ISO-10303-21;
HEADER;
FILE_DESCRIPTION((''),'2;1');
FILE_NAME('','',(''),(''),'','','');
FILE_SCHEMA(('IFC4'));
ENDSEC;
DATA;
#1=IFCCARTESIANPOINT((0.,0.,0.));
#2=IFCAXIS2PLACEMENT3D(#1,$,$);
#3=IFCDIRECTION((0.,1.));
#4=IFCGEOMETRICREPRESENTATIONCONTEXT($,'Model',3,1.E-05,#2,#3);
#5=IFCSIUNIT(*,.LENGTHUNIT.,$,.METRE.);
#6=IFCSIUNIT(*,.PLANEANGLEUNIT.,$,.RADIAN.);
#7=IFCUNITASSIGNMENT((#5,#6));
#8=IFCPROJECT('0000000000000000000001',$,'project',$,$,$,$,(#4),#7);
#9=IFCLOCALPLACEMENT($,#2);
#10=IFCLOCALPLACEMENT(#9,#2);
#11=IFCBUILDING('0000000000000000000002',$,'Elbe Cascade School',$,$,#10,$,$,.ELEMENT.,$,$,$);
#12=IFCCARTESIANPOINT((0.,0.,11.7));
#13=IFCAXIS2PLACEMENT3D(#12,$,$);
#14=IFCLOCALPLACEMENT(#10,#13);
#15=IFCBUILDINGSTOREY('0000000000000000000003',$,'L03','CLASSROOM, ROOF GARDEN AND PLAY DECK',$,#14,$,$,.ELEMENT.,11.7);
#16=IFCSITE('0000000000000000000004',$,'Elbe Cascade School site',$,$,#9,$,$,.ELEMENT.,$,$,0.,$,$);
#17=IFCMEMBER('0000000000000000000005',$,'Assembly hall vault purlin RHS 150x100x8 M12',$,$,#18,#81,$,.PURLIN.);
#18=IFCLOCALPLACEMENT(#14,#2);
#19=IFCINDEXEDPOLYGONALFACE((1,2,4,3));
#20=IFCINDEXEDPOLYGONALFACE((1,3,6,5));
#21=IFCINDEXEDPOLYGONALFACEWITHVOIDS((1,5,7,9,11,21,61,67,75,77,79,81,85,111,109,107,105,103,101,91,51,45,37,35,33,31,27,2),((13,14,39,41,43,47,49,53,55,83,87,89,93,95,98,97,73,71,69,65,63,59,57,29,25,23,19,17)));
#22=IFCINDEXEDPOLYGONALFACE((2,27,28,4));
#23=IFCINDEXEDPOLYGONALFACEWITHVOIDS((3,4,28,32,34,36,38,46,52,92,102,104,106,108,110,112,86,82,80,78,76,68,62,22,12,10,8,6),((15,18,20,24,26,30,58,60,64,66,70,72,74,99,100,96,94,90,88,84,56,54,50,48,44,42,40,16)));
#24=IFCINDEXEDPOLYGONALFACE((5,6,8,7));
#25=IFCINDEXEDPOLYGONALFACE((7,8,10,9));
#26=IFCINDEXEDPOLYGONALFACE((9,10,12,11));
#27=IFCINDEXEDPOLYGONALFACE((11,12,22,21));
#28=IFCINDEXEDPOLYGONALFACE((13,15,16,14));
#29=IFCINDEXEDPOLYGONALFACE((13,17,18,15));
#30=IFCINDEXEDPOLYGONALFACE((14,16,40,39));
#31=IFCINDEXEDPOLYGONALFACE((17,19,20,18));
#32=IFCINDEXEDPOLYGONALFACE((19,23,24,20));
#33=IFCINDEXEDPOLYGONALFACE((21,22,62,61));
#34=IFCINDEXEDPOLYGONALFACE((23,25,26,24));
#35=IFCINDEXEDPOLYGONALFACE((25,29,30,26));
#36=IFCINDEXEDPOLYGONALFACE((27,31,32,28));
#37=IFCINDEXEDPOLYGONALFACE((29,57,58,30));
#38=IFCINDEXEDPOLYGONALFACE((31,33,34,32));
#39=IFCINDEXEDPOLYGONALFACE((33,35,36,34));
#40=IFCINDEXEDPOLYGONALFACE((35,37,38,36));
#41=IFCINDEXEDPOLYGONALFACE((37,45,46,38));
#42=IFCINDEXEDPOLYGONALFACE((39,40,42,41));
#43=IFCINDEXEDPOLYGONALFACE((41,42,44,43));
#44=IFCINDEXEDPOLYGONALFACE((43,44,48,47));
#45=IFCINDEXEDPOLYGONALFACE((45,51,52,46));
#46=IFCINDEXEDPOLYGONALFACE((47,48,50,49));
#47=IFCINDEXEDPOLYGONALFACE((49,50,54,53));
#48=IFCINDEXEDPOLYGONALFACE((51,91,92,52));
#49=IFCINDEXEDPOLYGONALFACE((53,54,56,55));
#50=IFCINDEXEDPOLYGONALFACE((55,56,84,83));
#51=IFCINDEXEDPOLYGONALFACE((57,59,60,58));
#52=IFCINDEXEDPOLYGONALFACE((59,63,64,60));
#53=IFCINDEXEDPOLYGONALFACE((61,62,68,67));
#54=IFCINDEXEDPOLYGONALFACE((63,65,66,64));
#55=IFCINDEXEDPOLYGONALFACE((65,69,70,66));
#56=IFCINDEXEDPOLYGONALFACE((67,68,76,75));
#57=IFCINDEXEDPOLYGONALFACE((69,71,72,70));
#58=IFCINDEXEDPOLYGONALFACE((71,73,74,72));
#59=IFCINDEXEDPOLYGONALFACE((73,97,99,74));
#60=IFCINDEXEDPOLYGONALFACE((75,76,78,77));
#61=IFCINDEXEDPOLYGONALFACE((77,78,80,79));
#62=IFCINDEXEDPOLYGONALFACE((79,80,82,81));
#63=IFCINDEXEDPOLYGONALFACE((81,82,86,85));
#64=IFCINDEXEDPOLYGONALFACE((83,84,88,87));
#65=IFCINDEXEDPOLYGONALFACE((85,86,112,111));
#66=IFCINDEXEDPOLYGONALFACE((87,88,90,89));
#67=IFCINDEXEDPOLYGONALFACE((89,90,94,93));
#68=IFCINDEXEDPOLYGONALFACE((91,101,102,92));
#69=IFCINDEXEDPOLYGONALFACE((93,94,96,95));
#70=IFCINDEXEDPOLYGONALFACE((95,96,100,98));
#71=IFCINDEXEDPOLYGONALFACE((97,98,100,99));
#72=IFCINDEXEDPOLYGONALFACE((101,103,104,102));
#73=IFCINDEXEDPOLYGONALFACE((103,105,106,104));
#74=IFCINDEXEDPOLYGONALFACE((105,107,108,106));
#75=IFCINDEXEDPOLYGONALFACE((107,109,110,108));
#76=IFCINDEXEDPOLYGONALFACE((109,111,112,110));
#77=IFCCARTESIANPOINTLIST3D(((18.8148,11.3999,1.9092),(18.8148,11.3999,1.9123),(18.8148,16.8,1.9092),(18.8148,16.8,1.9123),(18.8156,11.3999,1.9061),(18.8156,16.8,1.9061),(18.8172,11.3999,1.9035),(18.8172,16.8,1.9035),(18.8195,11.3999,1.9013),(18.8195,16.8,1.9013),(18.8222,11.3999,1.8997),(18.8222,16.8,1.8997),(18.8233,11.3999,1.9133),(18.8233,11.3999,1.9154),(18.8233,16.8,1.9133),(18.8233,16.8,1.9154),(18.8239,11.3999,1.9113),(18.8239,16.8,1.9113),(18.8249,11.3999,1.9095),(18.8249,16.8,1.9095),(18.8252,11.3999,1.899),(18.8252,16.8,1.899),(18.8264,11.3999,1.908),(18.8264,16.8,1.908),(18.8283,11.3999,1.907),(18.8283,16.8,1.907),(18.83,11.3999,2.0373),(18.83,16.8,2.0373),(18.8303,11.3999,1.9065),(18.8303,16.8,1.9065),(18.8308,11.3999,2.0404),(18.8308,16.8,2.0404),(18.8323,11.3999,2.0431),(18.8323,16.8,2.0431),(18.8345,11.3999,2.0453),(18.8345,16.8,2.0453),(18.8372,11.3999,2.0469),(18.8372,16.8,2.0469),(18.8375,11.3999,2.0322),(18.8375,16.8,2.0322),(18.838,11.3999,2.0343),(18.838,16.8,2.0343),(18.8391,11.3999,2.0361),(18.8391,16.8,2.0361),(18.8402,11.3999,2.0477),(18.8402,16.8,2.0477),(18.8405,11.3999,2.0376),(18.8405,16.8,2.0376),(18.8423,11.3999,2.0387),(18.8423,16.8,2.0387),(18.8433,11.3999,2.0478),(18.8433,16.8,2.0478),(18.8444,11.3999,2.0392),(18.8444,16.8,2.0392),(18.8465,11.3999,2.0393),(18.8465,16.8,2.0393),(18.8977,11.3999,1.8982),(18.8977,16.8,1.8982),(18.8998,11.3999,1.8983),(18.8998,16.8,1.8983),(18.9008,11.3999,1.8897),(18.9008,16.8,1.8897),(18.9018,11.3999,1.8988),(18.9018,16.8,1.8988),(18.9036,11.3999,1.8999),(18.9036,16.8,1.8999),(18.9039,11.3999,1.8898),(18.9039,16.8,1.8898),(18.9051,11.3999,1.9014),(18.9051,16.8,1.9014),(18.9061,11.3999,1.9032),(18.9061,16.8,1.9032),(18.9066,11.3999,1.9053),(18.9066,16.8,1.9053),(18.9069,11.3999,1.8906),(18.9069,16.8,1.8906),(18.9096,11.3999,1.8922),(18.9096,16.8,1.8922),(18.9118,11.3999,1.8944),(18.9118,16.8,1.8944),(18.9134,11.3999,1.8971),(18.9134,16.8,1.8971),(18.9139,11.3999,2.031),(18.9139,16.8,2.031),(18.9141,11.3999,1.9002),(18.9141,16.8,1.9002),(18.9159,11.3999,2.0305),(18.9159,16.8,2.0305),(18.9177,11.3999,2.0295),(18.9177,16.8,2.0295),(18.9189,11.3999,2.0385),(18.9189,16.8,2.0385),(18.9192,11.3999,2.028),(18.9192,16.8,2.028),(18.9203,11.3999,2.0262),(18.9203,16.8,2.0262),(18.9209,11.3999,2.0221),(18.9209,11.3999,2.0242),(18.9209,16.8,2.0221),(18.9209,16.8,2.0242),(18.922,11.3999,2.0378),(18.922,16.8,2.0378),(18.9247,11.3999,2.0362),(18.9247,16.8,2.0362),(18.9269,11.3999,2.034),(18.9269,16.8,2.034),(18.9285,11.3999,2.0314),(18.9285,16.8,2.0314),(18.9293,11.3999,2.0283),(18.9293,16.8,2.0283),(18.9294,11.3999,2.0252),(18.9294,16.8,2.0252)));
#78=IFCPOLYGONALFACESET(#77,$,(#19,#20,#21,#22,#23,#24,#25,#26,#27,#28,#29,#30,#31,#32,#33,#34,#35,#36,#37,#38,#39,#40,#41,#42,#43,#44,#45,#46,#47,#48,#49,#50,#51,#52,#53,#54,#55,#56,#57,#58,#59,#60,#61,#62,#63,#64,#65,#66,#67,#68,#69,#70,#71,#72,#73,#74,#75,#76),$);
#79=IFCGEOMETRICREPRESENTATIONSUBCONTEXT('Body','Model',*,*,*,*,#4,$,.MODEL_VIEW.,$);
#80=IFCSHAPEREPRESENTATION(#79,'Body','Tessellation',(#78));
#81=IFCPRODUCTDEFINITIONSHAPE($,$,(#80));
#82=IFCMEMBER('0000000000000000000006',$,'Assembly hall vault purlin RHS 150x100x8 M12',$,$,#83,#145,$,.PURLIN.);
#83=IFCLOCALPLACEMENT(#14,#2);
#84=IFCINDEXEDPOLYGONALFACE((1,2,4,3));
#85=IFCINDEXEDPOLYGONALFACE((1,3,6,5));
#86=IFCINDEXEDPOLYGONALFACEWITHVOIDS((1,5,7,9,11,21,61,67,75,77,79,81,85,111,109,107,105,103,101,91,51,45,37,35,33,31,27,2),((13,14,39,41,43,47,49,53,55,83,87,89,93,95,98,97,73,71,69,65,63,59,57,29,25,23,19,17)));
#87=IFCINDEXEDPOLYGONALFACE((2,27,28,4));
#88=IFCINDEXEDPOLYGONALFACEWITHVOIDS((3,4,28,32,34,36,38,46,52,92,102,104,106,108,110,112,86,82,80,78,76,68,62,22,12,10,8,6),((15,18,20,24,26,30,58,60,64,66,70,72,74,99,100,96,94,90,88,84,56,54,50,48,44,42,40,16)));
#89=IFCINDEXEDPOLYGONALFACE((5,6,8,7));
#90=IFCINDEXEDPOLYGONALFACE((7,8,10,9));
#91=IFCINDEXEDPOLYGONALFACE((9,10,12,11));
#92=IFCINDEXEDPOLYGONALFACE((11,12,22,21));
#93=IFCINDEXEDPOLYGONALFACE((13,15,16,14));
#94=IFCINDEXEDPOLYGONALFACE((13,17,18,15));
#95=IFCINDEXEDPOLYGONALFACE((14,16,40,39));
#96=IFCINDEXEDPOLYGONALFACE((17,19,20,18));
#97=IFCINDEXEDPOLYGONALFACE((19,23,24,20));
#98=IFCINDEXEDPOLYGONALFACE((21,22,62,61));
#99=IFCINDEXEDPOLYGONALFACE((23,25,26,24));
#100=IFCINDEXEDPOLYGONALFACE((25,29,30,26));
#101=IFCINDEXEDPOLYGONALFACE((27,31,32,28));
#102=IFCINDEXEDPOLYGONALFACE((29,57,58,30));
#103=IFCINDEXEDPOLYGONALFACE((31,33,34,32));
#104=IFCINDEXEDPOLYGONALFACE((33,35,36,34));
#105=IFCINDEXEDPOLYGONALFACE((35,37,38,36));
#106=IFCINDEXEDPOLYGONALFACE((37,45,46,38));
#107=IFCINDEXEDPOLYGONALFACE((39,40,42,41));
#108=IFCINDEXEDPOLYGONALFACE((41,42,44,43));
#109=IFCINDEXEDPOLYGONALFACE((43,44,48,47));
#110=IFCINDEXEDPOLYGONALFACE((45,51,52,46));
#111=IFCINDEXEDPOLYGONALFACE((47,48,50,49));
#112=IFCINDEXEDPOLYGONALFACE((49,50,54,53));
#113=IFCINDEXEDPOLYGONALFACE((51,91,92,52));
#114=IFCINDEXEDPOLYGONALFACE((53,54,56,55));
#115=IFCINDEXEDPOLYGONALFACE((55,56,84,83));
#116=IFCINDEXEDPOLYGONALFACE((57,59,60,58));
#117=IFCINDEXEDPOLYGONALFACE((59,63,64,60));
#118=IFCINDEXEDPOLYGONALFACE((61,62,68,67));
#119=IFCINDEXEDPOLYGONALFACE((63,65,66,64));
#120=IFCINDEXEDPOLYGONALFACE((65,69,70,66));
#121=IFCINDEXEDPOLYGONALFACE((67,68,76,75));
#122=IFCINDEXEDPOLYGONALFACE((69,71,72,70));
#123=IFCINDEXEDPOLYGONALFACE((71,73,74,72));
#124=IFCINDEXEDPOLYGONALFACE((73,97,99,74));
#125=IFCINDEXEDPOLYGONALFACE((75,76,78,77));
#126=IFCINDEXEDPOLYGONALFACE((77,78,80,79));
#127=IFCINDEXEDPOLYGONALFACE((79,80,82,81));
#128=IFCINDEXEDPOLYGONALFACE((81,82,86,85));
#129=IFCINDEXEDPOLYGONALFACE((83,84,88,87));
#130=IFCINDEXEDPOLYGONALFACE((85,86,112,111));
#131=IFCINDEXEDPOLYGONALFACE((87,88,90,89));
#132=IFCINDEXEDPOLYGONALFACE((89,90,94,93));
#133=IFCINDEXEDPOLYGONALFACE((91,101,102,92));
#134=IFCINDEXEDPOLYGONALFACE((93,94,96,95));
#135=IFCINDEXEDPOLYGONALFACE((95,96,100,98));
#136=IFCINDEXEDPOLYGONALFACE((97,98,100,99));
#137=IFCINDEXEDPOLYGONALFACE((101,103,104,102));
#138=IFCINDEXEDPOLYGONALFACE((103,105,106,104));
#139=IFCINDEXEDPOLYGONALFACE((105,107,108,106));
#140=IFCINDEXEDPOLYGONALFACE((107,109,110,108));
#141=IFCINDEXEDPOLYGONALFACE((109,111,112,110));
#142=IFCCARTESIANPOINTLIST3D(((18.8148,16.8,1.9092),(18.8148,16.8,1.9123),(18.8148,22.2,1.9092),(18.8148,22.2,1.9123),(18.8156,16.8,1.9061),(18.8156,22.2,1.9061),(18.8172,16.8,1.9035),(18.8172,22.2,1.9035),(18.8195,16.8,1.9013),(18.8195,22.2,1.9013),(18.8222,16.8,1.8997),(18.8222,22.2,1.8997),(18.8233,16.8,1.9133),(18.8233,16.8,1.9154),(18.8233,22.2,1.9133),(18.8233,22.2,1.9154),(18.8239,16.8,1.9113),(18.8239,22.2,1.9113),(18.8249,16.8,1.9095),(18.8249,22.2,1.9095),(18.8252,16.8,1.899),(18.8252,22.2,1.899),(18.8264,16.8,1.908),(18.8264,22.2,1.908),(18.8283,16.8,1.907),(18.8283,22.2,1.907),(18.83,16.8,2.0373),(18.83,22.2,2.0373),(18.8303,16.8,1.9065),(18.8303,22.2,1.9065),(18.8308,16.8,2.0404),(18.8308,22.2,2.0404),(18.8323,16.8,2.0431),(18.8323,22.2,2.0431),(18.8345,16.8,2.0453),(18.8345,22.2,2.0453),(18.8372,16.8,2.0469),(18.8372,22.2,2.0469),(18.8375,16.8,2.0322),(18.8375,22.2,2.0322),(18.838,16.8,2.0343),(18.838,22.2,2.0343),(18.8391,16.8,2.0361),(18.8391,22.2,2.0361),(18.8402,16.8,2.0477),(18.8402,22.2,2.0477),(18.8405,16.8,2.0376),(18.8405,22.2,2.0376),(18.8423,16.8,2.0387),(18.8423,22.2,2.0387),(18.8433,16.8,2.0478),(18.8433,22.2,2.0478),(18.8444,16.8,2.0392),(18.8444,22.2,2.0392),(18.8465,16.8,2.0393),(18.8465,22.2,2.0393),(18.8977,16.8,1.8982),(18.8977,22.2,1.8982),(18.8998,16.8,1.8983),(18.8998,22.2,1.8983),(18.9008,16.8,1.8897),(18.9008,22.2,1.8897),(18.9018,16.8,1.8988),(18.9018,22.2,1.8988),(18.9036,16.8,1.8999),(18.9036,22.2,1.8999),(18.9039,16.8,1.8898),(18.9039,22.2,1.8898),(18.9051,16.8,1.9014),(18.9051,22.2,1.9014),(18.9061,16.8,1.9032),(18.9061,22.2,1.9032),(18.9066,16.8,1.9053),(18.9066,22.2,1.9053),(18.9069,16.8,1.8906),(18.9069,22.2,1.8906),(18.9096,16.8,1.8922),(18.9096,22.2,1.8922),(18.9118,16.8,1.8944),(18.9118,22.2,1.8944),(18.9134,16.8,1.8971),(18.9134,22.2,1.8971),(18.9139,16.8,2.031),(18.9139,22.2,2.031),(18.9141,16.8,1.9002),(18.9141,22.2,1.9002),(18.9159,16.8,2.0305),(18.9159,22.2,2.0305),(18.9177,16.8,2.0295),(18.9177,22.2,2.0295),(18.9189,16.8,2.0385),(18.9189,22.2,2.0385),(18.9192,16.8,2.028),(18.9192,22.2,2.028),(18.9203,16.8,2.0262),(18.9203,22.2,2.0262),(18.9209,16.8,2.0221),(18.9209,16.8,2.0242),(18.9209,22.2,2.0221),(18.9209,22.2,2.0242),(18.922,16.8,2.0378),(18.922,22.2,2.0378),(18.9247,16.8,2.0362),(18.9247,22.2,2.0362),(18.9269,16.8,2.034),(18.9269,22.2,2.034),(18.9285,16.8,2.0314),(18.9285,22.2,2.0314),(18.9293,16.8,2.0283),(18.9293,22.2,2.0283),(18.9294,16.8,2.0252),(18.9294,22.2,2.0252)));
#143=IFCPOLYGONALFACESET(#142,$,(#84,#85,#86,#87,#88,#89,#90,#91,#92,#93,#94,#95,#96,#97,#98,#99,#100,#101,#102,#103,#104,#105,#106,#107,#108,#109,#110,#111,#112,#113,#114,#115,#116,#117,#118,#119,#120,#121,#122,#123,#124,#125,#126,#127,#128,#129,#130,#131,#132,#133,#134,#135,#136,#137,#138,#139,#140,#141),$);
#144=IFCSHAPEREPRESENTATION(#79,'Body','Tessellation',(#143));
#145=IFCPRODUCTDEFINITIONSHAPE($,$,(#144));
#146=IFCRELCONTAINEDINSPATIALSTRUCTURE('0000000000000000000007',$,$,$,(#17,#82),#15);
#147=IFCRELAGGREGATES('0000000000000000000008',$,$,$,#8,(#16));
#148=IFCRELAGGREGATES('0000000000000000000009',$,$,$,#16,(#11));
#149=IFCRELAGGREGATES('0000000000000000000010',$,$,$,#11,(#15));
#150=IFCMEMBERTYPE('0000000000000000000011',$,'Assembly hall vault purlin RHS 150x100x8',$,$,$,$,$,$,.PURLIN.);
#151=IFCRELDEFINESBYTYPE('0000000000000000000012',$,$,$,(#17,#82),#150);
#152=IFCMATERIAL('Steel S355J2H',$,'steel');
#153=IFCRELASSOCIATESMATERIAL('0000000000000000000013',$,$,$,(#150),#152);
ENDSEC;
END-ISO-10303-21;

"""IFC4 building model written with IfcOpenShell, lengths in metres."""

from ifc_helpers import new_model, si_unit, direction, frame, origin, origin_2d, place, context, subcontext, project, spatial, hollow_rectangle, extrude, material, material_profile, profile_set, type_object, element, save


model = new_model("IFC4")

# Units and contexts
model_context = context("Model", 3, precision=1e-05, world=origin(), true_north=direction((0.0, 1.0)))
body_context = subcontext(model_context, "Body", "Model", "MODEL_VIEW")
ifc_project = project(units=[si_unit("LENGTHUNIT", "METRE"), si_unit("PLANEANGLEUNIT", "RADIAN")], contexts=[model_context])

# Site, building, storey
site_placement = place(None, origin())
site = spatial("IfcSite", under=ifc_project, at=site_placement, Name="Elbe Cascade School site", CompositionType="ELEMENT", RefElevation=0.0)
building_placement = place(site_placement, origin())
building = spatial("IfcBuilding", under=site, at=building_placement, Name="Elbe Cascade School", CompositionType="ELEMENT")
storey_placement = place(building_placement, frame((0.0, 0.0, 11.7)))
storey = spatial("IfcBuildingStorey", under=building, at=storey_placement, Name="L03", Description="CLASSROOM, ROOF GARDEN AND PLAY DECK", CompositionType="ELEMENT", Elevation=11.7)

# Members
ifc_material_1 = material(Name="Steel S355J2H", Category="steel")
ifc_material_profile_1 = material_profile(ifc_material_1, hollow_rectangle(XDim=0.1001, YDim=0.1499, WallThickness=0.0081, InnerFilletRadius=0.0081, OuterFilletRadius=0.012, at=origin_2d()), Name="RHS 150x100x8")
ifc_profile_set_1 = profile_set([ifc_material_profile_1], Name="Steel S355J2H")
member_type_1 = type_object("IfcMemberType", Name="Assembly hall vault purlin RHS 150x100x8", PredefinedType="PURLIN", material=ifc_profile_set_1)
member_1_placement = place(storey_placement, frame((18.8721, 11.3999, 1.9688), z_axis=(0.0, 1.0, 0.0), x_axis=(-0.992653, 0.0, 0.120994)))
element("IfcMember", 1, at=member_1_placement, inside=storey, type_object=member_type_1, Name="Assembly hall vault purlin RHS 150x100x8 M12", PredefinedType="PURLIN", context=body_context, shape_type="SweptSolid", body=[
    extrude(hollow_rectangle(XDim=0.1001, YDim=0.1499, WallThickness=0.0081, InnerFilletRadius=0.0081, OuterFilletRadius=0.012, at=origin_2d()), origin(), (0.0, 0.0, 1.0), 5.4001),
])
member_2_placement = place(storey_placement, frame((18.8721, 16.8, 1.9688), z_axis=(0.0, 1.0, 0.0), x_axis=(-0.992653, 0.0, 0.120994)))
element("IfcMember", 2, at=member_2_placement, inside=storey, type_object=member_type_1, Name="Assembly hall vault purlin RHS 150x100x8 M12", PredefinedType="PURLIN", context=body_context, shape_type="SweptSolid", body=[
    extrude(hollow_rectangle(XDim=0.1001, YDim=0.1499, WallThickness=0.0081, InnerFilletRadius=0.0081, OuterFilletRadius=0.012, at=origin_2d()), origin(), (0.0, 0.0, 1.0), 5.3999),
])

save(model, "model.ifc")
